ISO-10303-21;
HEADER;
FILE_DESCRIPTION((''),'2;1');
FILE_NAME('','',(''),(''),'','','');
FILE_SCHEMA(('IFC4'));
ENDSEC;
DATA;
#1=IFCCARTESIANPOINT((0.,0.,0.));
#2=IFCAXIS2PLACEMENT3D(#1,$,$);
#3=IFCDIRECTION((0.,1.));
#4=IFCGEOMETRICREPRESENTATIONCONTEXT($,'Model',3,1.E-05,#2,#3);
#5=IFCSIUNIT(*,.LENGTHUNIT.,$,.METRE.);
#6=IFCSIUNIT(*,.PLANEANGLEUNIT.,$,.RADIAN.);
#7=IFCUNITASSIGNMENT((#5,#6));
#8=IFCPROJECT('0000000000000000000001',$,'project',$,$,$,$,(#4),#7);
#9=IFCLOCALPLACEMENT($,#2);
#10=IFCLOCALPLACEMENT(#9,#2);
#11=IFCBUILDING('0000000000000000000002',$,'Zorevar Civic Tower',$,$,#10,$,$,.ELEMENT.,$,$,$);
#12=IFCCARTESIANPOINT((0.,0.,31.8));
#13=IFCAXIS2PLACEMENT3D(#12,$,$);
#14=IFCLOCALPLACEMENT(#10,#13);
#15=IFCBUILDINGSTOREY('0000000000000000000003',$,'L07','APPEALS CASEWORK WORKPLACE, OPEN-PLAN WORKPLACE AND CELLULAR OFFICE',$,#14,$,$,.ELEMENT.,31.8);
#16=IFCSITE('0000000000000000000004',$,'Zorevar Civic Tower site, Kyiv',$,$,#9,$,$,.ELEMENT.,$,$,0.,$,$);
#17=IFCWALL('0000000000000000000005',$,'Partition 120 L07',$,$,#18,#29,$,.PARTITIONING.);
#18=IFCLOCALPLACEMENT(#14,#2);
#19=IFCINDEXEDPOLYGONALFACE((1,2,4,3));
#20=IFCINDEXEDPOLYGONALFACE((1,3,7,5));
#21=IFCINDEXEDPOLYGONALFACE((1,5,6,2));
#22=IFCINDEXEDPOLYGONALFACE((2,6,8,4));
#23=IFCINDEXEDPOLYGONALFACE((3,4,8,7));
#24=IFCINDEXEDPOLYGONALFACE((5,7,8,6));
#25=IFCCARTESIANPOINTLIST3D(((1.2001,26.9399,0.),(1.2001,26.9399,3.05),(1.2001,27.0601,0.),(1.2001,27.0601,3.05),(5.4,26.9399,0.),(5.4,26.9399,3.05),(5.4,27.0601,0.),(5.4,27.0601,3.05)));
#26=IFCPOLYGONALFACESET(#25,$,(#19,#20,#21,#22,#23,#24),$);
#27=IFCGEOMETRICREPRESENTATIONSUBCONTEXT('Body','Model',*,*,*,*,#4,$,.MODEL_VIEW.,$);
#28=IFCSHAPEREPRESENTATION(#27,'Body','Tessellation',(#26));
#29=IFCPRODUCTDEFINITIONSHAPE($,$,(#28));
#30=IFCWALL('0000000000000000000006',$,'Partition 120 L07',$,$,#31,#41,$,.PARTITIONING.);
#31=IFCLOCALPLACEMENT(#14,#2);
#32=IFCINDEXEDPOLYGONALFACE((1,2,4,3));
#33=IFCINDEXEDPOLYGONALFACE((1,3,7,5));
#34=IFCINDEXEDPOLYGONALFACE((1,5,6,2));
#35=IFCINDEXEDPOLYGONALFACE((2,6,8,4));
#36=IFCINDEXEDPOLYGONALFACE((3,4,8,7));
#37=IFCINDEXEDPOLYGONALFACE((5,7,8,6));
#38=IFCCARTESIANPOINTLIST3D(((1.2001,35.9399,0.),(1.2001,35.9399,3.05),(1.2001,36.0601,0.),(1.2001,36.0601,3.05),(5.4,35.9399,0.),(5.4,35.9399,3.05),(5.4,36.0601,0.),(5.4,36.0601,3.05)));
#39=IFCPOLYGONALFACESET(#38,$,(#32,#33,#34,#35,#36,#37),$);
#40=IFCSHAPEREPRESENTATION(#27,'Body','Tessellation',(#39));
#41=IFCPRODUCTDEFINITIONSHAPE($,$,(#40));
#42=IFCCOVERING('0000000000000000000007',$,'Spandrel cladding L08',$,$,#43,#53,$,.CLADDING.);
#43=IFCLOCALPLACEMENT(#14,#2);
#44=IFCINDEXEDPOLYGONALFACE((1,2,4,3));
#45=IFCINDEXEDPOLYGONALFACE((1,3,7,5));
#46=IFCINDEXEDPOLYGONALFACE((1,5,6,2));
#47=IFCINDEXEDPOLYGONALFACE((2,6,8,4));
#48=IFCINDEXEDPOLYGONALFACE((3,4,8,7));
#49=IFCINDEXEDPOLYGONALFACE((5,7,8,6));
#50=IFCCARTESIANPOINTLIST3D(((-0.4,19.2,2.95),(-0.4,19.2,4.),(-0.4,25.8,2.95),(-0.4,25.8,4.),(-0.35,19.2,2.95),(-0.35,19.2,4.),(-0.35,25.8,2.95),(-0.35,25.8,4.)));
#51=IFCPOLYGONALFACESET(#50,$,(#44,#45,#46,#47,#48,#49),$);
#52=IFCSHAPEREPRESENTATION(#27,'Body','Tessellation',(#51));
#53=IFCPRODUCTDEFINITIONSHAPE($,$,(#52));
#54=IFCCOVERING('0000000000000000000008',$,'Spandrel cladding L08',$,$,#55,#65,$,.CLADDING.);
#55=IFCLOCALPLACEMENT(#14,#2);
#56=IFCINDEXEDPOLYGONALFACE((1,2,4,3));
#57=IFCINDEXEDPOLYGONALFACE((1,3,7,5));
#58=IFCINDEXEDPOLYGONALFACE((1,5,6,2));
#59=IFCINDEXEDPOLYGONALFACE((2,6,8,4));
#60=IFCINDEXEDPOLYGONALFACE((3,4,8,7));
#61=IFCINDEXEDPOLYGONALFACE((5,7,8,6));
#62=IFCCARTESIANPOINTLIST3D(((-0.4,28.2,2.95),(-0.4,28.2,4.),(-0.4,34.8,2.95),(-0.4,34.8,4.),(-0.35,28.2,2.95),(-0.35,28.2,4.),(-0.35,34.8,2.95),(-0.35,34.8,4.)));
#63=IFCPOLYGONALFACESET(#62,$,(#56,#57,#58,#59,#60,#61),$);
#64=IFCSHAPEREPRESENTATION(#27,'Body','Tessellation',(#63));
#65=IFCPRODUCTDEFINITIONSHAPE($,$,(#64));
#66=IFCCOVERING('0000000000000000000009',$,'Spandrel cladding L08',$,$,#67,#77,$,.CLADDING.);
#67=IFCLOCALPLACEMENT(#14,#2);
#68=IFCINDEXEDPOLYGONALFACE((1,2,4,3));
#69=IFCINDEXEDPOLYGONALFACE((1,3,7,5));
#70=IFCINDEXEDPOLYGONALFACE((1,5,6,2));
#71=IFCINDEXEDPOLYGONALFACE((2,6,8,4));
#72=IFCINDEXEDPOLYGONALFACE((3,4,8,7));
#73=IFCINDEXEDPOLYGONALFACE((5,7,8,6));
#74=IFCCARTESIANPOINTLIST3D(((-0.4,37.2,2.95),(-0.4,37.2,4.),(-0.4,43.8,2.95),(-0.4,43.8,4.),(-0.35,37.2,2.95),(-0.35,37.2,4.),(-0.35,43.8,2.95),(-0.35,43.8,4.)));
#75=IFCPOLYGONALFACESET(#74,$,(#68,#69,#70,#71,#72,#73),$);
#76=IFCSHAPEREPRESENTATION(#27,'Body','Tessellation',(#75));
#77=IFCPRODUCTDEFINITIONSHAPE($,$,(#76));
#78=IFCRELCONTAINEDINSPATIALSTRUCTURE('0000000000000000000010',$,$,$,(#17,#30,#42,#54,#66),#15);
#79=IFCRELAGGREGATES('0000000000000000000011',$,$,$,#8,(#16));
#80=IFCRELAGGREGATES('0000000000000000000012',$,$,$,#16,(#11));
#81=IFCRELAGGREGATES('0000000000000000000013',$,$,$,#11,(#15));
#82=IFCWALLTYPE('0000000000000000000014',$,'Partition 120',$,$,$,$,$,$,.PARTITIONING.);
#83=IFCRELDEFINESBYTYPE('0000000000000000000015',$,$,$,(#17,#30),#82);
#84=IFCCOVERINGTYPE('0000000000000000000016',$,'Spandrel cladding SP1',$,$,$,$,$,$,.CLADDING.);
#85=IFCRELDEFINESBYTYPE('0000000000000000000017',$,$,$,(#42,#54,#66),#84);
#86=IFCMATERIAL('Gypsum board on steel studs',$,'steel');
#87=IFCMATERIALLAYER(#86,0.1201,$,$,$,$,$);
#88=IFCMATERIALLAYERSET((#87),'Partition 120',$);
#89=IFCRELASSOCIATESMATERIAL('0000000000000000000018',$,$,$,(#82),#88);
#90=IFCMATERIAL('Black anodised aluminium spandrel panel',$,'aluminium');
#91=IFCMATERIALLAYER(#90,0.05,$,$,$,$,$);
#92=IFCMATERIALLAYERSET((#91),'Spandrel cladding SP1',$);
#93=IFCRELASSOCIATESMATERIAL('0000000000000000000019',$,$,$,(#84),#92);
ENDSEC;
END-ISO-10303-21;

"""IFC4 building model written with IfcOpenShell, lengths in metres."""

from ifc_helpers import new_model, si_unit, direction, frame, frame_2d, origin, place, context, subcontext, project, spatial, rectangle, extrude, material, layer, layer_set, type_object, element, save


model = new_model("IFC4")

# Units and contexts
model_context = context("Model", 3, precision=1e-05, world=origin(), true_north=direction((0.0, 1.0)))
body_context = subcontext(model_context, "Body", "Model", "MODEL_VIEW")
ifc_project = project(units=[si_unit("LENGTHUNIT", "METRE"), si_unit("PLANEANGLEUNIT", "RADIAN")], contexts=[model_context])

# Site, building, storey
site_placement = place(None, origin())
site = spatial("IfcSite", under=ifc_project, at=site_placement, Name="Zorevar Civic Tower site, Kyiv", CompositionType="ELEMENT", RefElevation=0.0)
building_placement = place(site_placement, origin())
building = spatial("IfcBuilding", under=site, at=building_placement, Name="Zorevar Civic Tower", CompositionType="ELEMENT")
storey_placement = place(building_placement, frame((0.0, 0.0, 31.8)))
storey = spatial("IfcBuildingStorey", under=building, at=storey_placement, Name="L07", Description="APPEALS CASEWORK WORKPLACE, OPEN-PLAN WORKPLACE AND CELLULAR OFFICE", CompositionType="ELEMENT", Elevation=31.8)

# Walls
ifc_material_1 = material(Name="Gypsum board on steel studs", Category="steel")
ifc_layer_1 = layer(ifc_material_1, 0.1201)
ifc_layer_set_1 = layer_set([ifc_layer_1], Name="Partition 120")
wall_type = type_object("IfcWallType", Name="Partition 120", PredefinedType="PARTITIONING", material=ifc_layer_set_1)
for number, where, z_axis, x_axis, name in (
    (1, (1.2, 27.0, 0.0), (0.0, 0.0, 1.0), (1.0, 0.0, 0.0), "Partition 120 L07"),
    (2, (1.2, 36.0, 0.0), (0.0, 0.0, 1.0), (1.0, 0.0, 0.0), "Partition 120 L07"),
):
    element("IfcWall", number, at=place(storey_placement, frame(where, z_axis=z_axis, x_axis=x_axis)), inside=storey, type_object=wall_type, Name=name, PredefinedType="PARTITIONING", context=body_context, shape_type="SweptSolid", body=[
        extrude(rectangle(XDim=4.2, YDim=0.1201, at=frame_2d((2.1001, 0.0))), origin(), (0.0, 0.0, 1.0), 3.05),
    ])

# Coverings
ifc_material_2 = material(Name="Black anodised aluminium spandrel panel", Category="aluminium")
ifc_layer_2 = layer(ifc_material_2, 0.05)
ifc_layer_set_2 = layer_set([ifc_layer_2], Name="Spandrel cladding SP1")
covering_type = type_object("IfcCoveringType", Name="Spandrel cladding SP1", PredefinedType="CLADDING", material=ifc_layer_set_2)
for number, where, z_axis, x_axis, name in (
    (3, (-0.375, 19.2, 2.95), (0.0, 0.0, 1.0), (0.0, 1.0, 0.0), "Spandrel cladding L08"),
    (4, (-0.375, 28.2, 2.95), (0.0, 0.0, 1.0), (0.0, 1.0, 0.0), "Spandrel cladding L08"),
    (5, (-0.375, 37.2, 2.95), (0.0, 0.0, 1.0), (0.0, 1.0, 0.0), "Spandrel cladding L08"),
):
    element("IfcCovering", number, at=place(storey_placement, frame(where, z_axis=z_axis, x_axis=x_axis)), inside=storey, type_object=covering_type, Name=name, PredefinedType="CLADDING", context=body_context, shape_type="SweptSolid", body=[
        extrude(rectangle(XDim=6.6001, YDim=0.05, at=frame_2d((3.3, 0.0))), origin(), (0.0, 0.0, 1.0), 1.05),
    ])

save(model, "model.ifc")
